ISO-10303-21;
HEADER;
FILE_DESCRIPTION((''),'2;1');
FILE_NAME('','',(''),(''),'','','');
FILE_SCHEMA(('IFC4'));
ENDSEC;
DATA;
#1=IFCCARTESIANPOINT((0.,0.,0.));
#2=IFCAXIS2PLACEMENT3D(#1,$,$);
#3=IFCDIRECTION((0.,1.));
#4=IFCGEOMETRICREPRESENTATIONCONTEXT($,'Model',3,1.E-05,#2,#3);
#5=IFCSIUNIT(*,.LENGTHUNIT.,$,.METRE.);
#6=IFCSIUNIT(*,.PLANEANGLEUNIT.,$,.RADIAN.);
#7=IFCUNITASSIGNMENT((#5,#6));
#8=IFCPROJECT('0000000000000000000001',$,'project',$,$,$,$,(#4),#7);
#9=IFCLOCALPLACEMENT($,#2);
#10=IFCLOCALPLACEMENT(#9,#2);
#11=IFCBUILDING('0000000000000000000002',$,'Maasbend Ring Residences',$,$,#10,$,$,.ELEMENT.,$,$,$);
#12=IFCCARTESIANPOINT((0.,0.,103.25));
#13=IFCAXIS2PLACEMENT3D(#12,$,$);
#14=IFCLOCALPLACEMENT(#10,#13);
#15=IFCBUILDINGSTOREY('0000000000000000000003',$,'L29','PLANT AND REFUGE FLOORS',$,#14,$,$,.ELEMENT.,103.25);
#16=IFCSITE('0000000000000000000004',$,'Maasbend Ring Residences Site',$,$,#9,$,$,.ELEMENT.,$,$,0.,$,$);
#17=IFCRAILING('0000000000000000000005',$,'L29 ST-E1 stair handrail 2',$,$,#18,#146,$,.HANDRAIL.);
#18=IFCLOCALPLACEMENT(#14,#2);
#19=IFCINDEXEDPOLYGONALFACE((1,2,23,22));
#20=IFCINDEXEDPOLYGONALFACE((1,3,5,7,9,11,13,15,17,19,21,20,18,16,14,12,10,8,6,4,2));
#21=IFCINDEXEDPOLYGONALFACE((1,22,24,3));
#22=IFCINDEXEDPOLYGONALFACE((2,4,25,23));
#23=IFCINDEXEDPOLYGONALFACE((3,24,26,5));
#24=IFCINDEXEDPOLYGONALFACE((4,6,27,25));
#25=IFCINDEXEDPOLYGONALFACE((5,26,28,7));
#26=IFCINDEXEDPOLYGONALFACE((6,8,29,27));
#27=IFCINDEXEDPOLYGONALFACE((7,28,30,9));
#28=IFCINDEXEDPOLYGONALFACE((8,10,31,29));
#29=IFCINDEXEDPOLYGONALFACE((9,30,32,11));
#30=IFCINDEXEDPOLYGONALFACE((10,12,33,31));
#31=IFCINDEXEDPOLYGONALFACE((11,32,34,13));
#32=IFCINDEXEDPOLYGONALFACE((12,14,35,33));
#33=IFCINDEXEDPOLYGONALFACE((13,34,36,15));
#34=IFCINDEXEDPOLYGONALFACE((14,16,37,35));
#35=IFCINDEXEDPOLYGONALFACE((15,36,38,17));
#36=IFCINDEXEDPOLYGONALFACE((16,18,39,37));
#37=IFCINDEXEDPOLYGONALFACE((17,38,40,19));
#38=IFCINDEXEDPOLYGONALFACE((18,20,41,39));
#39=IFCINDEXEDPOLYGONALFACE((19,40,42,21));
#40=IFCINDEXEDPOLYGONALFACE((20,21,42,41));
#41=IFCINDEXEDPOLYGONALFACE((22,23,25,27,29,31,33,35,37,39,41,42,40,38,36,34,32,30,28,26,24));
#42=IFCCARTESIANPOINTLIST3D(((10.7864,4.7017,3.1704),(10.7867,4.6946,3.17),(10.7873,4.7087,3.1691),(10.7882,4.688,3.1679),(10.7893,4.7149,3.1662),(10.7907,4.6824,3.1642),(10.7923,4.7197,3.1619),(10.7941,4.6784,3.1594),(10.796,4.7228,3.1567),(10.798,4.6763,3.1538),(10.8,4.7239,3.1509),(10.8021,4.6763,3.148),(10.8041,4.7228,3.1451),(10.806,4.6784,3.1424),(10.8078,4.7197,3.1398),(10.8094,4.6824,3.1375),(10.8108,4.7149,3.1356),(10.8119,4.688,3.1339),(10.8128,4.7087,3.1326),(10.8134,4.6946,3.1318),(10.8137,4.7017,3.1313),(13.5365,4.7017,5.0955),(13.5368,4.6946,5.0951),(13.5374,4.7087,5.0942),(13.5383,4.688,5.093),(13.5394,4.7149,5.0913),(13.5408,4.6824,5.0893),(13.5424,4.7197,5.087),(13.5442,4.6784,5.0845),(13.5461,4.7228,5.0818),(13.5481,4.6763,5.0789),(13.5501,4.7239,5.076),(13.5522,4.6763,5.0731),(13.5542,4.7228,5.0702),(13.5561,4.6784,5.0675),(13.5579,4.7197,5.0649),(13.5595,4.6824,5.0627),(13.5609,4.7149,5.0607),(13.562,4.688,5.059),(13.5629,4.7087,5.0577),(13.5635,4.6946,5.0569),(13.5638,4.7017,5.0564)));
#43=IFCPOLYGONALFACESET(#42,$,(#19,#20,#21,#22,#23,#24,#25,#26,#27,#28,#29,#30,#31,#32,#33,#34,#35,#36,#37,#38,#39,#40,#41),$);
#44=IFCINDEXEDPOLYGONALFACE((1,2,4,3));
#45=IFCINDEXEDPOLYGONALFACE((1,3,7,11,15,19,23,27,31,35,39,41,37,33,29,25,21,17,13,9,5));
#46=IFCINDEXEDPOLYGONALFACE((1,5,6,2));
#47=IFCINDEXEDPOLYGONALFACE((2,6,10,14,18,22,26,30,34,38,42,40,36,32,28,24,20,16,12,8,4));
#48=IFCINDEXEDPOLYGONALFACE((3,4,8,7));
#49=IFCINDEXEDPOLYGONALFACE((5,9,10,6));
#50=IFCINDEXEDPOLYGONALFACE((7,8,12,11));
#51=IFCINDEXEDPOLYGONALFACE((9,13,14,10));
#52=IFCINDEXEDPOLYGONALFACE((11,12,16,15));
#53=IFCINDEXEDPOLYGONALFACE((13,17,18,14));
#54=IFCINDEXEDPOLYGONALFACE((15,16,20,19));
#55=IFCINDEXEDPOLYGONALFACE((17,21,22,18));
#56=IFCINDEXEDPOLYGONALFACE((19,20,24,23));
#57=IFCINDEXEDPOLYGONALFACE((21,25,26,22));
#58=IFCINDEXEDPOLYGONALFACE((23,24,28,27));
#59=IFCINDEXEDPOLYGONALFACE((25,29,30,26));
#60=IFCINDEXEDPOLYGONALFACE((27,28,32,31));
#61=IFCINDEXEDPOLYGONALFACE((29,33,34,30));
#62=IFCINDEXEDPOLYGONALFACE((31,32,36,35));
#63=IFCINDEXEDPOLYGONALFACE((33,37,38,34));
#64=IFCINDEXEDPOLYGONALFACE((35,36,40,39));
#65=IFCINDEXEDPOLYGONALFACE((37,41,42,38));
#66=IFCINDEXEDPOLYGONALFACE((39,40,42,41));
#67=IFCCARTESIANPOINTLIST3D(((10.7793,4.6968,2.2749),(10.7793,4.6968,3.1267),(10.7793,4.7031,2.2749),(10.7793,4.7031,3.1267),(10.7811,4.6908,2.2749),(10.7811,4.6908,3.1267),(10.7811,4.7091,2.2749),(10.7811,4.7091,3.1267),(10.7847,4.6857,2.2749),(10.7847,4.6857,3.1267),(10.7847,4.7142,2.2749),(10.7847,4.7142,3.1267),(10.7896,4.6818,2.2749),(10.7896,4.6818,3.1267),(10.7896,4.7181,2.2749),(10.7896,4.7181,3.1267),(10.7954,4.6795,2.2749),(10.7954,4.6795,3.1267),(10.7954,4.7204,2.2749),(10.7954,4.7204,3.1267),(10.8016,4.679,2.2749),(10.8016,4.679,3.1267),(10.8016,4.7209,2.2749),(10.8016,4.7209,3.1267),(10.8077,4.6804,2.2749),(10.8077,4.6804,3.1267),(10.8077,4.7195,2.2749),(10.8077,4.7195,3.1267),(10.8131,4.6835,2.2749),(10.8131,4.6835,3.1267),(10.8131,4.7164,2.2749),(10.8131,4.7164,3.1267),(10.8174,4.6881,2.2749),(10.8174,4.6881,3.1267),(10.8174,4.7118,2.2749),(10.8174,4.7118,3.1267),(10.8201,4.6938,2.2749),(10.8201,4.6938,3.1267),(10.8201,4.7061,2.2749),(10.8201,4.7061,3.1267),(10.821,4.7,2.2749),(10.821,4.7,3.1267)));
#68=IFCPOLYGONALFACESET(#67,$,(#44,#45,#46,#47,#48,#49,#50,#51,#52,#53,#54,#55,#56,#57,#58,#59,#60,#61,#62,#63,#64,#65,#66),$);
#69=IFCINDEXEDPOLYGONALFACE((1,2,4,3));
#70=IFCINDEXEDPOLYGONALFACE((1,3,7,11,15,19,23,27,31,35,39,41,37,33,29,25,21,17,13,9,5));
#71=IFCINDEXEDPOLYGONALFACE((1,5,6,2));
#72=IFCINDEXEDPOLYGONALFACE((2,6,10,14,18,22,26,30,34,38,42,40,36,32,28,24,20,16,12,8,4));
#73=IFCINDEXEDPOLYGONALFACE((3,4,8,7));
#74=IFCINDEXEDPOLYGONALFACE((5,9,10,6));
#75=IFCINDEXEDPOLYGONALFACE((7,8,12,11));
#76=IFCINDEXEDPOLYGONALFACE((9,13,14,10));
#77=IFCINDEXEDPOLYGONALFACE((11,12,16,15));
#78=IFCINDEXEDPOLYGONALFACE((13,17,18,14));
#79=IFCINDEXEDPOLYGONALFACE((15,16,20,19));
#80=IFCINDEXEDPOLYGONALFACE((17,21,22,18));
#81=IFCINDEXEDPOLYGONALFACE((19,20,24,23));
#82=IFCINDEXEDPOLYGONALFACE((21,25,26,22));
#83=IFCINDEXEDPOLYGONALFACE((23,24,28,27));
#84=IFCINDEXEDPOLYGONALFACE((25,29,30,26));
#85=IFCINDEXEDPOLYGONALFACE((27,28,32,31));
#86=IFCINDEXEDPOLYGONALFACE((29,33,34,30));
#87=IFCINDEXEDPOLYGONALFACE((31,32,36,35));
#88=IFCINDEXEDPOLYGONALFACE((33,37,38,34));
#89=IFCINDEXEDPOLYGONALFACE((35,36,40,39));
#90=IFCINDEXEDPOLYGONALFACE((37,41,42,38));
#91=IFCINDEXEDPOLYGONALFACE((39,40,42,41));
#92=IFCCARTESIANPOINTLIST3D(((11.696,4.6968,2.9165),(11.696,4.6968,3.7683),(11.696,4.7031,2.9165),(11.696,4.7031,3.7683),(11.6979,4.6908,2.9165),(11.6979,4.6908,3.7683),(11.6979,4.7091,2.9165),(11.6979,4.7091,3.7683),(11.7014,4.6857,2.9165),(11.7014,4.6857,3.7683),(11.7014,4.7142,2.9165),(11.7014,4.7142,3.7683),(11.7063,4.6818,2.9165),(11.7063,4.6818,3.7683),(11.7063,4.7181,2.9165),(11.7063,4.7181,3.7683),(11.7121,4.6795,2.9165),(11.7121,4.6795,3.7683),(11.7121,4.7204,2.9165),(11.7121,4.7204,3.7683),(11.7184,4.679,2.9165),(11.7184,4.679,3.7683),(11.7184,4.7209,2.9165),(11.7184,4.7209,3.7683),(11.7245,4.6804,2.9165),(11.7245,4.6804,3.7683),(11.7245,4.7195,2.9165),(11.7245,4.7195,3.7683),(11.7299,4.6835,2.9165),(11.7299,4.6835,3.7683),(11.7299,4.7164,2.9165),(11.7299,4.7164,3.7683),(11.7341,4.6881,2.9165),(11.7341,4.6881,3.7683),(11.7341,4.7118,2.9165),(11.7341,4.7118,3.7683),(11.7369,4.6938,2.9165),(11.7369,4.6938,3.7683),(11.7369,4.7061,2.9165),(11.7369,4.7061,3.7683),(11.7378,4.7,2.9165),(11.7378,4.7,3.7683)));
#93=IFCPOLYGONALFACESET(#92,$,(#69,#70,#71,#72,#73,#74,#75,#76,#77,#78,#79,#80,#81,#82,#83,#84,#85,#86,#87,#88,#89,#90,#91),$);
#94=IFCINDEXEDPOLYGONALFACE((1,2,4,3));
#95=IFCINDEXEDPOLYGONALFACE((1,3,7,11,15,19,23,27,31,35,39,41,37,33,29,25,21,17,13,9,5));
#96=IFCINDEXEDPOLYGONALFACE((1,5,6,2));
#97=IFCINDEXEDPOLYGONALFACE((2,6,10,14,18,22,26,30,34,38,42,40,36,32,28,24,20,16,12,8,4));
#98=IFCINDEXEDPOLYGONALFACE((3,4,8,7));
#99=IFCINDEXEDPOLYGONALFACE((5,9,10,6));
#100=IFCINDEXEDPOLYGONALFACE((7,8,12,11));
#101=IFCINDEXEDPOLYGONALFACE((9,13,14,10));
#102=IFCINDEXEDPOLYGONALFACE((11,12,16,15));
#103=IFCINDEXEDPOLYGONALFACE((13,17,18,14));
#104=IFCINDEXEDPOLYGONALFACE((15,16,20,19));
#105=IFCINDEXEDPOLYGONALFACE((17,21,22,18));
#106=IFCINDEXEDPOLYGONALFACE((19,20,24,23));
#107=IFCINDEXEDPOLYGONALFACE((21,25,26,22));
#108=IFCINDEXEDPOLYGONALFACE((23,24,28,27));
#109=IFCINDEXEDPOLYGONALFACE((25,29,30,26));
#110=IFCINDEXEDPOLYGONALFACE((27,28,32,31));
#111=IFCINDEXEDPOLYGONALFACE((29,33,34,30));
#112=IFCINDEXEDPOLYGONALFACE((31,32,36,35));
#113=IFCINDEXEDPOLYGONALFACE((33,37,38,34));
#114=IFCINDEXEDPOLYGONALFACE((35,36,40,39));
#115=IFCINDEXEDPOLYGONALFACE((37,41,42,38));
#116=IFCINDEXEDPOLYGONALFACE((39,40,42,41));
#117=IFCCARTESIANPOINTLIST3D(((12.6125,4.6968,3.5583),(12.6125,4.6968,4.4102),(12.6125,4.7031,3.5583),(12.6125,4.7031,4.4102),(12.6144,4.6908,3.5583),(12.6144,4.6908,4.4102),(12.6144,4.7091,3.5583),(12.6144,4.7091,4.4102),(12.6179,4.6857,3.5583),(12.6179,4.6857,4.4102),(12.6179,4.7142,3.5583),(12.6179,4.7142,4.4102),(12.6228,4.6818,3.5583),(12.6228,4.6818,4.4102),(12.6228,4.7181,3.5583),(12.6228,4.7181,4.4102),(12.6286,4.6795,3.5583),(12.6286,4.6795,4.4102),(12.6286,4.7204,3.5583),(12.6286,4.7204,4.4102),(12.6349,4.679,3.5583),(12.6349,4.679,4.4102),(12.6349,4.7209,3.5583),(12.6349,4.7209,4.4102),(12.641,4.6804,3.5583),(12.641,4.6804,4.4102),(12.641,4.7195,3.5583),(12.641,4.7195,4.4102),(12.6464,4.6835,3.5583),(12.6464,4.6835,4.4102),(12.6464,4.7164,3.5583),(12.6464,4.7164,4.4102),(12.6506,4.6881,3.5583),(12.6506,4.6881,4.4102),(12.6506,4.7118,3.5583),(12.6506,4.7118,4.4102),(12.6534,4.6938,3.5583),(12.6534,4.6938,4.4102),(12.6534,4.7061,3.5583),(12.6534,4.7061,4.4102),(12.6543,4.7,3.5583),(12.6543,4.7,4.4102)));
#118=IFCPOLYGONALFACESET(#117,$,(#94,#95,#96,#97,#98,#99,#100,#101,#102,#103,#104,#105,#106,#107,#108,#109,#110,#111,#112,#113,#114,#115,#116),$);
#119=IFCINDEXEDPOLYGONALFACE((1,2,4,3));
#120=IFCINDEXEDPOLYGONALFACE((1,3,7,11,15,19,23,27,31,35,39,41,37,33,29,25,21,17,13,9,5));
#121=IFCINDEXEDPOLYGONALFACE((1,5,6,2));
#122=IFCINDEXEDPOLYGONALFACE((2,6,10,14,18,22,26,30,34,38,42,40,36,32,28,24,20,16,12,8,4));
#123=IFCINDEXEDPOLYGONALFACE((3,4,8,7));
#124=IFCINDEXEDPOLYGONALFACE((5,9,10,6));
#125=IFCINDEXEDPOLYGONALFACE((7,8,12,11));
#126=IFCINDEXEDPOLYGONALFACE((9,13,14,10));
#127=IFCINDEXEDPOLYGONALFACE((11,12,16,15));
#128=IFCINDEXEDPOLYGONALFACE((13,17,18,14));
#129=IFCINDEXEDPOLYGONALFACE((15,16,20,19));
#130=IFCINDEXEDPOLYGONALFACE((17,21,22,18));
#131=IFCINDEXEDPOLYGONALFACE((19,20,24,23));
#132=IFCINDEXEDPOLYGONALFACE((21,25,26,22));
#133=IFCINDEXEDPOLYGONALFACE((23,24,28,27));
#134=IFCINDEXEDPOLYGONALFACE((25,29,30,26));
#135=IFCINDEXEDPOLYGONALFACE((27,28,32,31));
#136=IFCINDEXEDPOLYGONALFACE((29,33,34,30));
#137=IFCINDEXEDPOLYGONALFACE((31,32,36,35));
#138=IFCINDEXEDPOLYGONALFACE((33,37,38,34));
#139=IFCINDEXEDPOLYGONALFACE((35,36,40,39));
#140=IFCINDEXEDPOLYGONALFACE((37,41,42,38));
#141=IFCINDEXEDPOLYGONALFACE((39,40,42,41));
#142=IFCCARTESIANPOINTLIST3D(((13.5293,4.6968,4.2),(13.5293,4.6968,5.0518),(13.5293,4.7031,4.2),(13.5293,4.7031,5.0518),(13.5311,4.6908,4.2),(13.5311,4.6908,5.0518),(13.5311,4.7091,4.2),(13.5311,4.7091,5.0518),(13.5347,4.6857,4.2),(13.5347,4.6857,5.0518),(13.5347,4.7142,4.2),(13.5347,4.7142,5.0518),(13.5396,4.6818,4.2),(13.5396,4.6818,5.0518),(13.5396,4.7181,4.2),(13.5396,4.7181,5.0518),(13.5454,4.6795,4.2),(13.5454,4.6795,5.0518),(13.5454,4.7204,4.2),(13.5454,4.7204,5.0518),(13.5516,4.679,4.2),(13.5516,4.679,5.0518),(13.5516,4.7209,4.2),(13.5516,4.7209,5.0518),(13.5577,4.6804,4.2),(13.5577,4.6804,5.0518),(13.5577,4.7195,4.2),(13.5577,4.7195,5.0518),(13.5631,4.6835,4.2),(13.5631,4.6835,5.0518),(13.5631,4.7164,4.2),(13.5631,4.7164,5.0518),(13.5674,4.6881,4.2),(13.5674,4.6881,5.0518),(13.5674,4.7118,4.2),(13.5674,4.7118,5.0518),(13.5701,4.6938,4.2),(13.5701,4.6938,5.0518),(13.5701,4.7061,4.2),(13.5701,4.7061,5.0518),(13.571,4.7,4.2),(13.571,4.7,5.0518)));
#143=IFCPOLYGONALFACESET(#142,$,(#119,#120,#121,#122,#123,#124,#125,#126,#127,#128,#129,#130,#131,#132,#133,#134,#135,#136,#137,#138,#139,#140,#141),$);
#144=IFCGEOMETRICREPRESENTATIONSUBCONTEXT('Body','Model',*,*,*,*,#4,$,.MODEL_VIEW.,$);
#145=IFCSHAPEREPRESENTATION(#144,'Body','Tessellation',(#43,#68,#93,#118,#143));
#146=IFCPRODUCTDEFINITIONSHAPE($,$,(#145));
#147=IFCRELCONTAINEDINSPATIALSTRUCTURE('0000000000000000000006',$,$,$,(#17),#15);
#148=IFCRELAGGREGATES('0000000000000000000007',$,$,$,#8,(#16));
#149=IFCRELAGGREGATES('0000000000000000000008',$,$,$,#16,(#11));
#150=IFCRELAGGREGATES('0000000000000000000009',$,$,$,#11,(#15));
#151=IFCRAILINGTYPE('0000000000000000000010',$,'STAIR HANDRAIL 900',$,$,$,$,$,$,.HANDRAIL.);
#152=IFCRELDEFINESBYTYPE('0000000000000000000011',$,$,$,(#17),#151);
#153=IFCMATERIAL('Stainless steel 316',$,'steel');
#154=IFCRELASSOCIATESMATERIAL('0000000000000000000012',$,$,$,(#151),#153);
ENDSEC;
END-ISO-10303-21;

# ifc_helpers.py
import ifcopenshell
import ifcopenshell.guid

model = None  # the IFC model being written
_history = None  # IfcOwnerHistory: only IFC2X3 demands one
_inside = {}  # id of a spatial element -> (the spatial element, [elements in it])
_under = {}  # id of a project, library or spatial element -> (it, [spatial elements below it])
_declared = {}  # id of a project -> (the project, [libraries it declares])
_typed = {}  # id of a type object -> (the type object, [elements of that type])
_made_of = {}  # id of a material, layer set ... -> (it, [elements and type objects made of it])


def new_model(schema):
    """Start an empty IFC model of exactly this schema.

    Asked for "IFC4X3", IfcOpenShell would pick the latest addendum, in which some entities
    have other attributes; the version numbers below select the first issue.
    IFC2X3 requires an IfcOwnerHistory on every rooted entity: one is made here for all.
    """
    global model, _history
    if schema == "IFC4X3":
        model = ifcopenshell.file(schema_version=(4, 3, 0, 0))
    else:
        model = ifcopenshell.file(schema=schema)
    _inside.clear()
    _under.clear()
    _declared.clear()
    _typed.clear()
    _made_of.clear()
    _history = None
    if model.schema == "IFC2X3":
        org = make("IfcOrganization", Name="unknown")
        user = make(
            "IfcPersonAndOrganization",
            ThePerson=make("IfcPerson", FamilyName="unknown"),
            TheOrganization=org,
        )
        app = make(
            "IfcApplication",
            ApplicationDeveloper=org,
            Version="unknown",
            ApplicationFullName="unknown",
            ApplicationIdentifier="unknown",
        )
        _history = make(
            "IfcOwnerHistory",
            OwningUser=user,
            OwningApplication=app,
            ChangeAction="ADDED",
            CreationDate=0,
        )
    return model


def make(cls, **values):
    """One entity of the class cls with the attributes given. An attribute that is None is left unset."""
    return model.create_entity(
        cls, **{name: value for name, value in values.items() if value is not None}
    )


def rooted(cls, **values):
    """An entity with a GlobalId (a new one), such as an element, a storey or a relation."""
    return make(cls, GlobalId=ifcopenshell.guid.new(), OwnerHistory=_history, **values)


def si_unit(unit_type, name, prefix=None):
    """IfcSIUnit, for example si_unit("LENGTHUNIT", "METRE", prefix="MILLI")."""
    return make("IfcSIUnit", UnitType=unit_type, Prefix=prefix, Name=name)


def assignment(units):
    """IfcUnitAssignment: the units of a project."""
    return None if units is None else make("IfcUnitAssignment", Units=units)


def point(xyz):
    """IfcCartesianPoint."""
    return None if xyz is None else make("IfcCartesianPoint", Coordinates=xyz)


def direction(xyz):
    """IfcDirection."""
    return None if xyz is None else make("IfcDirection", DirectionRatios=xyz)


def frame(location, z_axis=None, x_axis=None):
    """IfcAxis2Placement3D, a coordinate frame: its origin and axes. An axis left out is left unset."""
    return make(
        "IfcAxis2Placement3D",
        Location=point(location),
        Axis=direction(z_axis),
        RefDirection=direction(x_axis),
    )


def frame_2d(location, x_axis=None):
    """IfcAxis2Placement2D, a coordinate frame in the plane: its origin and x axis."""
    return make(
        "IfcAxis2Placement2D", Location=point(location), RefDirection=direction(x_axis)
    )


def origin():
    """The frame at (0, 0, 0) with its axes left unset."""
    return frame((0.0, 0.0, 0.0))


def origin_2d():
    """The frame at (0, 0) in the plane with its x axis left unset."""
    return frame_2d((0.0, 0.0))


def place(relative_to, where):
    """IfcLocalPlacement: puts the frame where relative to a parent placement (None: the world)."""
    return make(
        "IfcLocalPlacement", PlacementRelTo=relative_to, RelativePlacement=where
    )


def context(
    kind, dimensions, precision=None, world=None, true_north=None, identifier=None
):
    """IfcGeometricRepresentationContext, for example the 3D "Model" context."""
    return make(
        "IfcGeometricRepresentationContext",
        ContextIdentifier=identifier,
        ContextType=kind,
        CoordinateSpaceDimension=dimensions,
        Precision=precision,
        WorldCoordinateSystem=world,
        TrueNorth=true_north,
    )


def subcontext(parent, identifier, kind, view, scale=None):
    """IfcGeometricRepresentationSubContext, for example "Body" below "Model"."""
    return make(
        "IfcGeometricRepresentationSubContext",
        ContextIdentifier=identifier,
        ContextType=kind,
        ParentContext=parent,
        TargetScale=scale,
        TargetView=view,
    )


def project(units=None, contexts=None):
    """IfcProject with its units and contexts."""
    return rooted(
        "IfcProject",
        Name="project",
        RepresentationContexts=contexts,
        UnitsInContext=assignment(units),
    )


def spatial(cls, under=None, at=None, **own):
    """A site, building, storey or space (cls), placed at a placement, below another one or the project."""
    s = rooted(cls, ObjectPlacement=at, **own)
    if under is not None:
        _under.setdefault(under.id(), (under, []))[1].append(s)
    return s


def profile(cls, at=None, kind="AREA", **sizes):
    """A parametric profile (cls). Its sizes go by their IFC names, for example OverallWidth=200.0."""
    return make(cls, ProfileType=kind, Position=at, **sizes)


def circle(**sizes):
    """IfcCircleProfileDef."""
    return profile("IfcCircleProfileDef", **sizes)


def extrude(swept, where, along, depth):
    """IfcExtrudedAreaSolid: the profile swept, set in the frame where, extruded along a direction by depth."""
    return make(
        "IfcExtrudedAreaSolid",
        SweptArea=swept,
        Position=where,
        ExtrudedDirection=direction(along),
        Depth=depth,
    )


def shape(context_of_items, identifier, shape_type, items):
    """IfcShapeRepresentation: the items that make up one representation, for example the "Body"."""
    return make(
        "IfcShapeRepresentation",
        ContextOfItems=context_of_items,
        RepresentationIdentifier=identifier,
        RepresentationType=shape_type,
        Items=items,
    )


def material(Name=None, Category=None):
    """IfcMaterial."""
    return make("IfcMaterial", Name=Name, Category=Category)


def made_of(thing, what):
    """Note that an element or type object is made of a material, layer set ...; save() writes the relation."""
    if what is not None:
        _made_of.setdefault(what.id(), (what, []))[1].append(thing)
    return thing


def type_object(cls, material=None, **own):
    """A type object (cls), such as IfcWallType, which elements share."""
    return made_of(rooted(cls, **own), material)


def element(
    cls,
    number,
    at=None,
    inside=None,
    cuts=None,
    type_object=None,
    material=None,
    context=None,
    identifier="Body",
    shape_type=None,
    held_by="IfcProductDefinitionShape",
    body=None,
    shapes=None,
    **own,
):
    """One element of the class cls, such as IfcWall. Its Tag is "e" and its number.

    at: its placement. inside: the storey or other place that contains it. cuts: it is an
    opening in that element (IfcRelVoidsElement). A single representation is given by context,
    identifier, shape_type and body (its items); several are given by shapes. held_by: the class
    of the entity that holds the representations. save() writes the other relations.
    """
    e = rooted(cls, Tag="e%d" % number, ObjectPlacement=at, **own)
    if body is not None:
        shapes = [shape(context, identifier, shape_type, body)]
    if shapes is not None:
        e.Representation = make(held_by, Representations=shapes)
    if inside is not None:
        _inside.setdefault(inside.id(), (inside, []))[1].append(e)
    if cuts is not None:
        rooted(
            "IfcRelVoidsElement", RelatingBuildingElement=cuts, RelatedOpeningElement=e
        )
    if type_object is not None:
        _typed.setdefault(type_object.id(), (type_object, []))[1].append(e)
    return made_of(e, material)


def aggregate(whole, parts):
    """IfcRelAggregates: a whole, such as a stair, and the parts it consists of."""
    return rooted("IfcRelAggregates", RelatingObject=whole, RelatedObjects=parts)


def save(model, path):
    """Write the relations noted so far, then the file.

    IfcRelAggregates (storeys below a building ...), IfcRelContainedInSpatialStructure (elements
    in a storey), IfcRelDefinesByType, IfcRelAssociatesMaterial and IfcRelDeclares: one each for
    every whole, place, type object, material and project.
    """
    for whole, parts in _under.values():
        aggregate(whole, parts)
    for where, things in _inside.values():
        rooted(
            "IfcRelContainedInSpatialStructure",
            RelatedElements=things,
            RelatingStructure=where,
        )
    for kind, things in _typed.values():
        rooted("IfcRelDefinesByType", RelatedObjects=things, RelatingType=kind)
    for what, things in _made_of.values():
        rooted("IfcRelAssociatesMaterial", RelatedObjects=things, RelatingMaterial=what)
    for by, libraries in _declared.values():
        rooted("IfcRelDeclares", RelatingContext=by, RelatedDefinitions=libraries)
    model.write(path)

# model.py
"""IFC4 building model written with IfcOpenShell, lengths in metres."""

from ifc_helpers import new_model, si_unit, direction, frame, origin, origin_2d, place, context, subcontext, project, spatial, circle, extrude, material, type_object, element, save


model = new_model("IFC4")

# Units and contexts
model_context = context("Model", 3, precision=1e-05, world=origin(), true_north=direction((0.0, 1.0)))
body_context = subcontext(model_context, "Body", "Model", "MODEL_VIEW")
ifc_project = project(units=[si_unit("LENGTHUNIT", "METRE"), si_unit("PLANEANGLEUNIT", "RADIAN")], contexts=[model_context])

# Site, building, storey
site_placement = place(None, origin())
site = spatial("IfcSite", under=ifc_project, at=site_placement, Name="Maasbend Ring Residences Site", CompositionType="ELEMENT", RefElevation=0.0)
building_placement = place(site_placement, origin())
building = spatial("IfcBuilding", under=site, at=building_placement, Name="Maasbend Ring Residences", CompositionType="ELEMENT")
storey_placement = place(building_placement, frame((0.0, 0.0, 103.25)))
storey = spatial("IfcBuildingStorey", under=building, at=storey_placement, Name="L29", Description="PLANT AND REFUGE FLOORS", CompositionType="ELEMENT", Elevation=103.25)

# Railing
ifc_material_1 = material(Name="Stainless steel 316", Category="steel")
railing_type = type_object("IfcRailingType", Name="STAIR HANDRAIL 900", PredefinedType="HANDRAIL", material=ifc_material_1)
railing_placement = place(storey_placement, frame((10.8, 4.7, 2.2749)))
element("IfcRailing", 1, at=railing_placement, inside=storey, type_object=railing_type, Name="L29 ST-E1 stair handrail 2", PredefinedType="HANDRAIL", context=body_context, shape_type="SweptSolid", body=[
    extrude(circle(Radius=0.0239, at=origin_2d()), frame((0.0, 0.0, 0.876), z_axis=(0.819225, 0.0, 0.573472), x_axis=(0.0, 1.0, 0.0)), (0.0, 0.0, 1.0), 3.3569),
    extrude(circle(Radius=0.021, at=origin_2d()), origin(), (0.0, 0.0, 1.0), 0.8518),
    extrude(circle(Radius=0.021, at=origin_2d()), frame((0.9167, 0.0, 0.6416)), (0.0, 0.0, 1.0), 0.8518),
    extrude(circle(Radius=0.021, at=origin_2d()), frame((1.8333, 0.0, 1.2834)), (0.0, 0.0, 1.0), 0.8518),
    extrude(circle(Radius=0.021, at=origin_2d()), frame((2.75, 0.0, 1.925)), (0.0, 0.0, 1.0), 0.8518),
])

save(model, "model.ifc")
